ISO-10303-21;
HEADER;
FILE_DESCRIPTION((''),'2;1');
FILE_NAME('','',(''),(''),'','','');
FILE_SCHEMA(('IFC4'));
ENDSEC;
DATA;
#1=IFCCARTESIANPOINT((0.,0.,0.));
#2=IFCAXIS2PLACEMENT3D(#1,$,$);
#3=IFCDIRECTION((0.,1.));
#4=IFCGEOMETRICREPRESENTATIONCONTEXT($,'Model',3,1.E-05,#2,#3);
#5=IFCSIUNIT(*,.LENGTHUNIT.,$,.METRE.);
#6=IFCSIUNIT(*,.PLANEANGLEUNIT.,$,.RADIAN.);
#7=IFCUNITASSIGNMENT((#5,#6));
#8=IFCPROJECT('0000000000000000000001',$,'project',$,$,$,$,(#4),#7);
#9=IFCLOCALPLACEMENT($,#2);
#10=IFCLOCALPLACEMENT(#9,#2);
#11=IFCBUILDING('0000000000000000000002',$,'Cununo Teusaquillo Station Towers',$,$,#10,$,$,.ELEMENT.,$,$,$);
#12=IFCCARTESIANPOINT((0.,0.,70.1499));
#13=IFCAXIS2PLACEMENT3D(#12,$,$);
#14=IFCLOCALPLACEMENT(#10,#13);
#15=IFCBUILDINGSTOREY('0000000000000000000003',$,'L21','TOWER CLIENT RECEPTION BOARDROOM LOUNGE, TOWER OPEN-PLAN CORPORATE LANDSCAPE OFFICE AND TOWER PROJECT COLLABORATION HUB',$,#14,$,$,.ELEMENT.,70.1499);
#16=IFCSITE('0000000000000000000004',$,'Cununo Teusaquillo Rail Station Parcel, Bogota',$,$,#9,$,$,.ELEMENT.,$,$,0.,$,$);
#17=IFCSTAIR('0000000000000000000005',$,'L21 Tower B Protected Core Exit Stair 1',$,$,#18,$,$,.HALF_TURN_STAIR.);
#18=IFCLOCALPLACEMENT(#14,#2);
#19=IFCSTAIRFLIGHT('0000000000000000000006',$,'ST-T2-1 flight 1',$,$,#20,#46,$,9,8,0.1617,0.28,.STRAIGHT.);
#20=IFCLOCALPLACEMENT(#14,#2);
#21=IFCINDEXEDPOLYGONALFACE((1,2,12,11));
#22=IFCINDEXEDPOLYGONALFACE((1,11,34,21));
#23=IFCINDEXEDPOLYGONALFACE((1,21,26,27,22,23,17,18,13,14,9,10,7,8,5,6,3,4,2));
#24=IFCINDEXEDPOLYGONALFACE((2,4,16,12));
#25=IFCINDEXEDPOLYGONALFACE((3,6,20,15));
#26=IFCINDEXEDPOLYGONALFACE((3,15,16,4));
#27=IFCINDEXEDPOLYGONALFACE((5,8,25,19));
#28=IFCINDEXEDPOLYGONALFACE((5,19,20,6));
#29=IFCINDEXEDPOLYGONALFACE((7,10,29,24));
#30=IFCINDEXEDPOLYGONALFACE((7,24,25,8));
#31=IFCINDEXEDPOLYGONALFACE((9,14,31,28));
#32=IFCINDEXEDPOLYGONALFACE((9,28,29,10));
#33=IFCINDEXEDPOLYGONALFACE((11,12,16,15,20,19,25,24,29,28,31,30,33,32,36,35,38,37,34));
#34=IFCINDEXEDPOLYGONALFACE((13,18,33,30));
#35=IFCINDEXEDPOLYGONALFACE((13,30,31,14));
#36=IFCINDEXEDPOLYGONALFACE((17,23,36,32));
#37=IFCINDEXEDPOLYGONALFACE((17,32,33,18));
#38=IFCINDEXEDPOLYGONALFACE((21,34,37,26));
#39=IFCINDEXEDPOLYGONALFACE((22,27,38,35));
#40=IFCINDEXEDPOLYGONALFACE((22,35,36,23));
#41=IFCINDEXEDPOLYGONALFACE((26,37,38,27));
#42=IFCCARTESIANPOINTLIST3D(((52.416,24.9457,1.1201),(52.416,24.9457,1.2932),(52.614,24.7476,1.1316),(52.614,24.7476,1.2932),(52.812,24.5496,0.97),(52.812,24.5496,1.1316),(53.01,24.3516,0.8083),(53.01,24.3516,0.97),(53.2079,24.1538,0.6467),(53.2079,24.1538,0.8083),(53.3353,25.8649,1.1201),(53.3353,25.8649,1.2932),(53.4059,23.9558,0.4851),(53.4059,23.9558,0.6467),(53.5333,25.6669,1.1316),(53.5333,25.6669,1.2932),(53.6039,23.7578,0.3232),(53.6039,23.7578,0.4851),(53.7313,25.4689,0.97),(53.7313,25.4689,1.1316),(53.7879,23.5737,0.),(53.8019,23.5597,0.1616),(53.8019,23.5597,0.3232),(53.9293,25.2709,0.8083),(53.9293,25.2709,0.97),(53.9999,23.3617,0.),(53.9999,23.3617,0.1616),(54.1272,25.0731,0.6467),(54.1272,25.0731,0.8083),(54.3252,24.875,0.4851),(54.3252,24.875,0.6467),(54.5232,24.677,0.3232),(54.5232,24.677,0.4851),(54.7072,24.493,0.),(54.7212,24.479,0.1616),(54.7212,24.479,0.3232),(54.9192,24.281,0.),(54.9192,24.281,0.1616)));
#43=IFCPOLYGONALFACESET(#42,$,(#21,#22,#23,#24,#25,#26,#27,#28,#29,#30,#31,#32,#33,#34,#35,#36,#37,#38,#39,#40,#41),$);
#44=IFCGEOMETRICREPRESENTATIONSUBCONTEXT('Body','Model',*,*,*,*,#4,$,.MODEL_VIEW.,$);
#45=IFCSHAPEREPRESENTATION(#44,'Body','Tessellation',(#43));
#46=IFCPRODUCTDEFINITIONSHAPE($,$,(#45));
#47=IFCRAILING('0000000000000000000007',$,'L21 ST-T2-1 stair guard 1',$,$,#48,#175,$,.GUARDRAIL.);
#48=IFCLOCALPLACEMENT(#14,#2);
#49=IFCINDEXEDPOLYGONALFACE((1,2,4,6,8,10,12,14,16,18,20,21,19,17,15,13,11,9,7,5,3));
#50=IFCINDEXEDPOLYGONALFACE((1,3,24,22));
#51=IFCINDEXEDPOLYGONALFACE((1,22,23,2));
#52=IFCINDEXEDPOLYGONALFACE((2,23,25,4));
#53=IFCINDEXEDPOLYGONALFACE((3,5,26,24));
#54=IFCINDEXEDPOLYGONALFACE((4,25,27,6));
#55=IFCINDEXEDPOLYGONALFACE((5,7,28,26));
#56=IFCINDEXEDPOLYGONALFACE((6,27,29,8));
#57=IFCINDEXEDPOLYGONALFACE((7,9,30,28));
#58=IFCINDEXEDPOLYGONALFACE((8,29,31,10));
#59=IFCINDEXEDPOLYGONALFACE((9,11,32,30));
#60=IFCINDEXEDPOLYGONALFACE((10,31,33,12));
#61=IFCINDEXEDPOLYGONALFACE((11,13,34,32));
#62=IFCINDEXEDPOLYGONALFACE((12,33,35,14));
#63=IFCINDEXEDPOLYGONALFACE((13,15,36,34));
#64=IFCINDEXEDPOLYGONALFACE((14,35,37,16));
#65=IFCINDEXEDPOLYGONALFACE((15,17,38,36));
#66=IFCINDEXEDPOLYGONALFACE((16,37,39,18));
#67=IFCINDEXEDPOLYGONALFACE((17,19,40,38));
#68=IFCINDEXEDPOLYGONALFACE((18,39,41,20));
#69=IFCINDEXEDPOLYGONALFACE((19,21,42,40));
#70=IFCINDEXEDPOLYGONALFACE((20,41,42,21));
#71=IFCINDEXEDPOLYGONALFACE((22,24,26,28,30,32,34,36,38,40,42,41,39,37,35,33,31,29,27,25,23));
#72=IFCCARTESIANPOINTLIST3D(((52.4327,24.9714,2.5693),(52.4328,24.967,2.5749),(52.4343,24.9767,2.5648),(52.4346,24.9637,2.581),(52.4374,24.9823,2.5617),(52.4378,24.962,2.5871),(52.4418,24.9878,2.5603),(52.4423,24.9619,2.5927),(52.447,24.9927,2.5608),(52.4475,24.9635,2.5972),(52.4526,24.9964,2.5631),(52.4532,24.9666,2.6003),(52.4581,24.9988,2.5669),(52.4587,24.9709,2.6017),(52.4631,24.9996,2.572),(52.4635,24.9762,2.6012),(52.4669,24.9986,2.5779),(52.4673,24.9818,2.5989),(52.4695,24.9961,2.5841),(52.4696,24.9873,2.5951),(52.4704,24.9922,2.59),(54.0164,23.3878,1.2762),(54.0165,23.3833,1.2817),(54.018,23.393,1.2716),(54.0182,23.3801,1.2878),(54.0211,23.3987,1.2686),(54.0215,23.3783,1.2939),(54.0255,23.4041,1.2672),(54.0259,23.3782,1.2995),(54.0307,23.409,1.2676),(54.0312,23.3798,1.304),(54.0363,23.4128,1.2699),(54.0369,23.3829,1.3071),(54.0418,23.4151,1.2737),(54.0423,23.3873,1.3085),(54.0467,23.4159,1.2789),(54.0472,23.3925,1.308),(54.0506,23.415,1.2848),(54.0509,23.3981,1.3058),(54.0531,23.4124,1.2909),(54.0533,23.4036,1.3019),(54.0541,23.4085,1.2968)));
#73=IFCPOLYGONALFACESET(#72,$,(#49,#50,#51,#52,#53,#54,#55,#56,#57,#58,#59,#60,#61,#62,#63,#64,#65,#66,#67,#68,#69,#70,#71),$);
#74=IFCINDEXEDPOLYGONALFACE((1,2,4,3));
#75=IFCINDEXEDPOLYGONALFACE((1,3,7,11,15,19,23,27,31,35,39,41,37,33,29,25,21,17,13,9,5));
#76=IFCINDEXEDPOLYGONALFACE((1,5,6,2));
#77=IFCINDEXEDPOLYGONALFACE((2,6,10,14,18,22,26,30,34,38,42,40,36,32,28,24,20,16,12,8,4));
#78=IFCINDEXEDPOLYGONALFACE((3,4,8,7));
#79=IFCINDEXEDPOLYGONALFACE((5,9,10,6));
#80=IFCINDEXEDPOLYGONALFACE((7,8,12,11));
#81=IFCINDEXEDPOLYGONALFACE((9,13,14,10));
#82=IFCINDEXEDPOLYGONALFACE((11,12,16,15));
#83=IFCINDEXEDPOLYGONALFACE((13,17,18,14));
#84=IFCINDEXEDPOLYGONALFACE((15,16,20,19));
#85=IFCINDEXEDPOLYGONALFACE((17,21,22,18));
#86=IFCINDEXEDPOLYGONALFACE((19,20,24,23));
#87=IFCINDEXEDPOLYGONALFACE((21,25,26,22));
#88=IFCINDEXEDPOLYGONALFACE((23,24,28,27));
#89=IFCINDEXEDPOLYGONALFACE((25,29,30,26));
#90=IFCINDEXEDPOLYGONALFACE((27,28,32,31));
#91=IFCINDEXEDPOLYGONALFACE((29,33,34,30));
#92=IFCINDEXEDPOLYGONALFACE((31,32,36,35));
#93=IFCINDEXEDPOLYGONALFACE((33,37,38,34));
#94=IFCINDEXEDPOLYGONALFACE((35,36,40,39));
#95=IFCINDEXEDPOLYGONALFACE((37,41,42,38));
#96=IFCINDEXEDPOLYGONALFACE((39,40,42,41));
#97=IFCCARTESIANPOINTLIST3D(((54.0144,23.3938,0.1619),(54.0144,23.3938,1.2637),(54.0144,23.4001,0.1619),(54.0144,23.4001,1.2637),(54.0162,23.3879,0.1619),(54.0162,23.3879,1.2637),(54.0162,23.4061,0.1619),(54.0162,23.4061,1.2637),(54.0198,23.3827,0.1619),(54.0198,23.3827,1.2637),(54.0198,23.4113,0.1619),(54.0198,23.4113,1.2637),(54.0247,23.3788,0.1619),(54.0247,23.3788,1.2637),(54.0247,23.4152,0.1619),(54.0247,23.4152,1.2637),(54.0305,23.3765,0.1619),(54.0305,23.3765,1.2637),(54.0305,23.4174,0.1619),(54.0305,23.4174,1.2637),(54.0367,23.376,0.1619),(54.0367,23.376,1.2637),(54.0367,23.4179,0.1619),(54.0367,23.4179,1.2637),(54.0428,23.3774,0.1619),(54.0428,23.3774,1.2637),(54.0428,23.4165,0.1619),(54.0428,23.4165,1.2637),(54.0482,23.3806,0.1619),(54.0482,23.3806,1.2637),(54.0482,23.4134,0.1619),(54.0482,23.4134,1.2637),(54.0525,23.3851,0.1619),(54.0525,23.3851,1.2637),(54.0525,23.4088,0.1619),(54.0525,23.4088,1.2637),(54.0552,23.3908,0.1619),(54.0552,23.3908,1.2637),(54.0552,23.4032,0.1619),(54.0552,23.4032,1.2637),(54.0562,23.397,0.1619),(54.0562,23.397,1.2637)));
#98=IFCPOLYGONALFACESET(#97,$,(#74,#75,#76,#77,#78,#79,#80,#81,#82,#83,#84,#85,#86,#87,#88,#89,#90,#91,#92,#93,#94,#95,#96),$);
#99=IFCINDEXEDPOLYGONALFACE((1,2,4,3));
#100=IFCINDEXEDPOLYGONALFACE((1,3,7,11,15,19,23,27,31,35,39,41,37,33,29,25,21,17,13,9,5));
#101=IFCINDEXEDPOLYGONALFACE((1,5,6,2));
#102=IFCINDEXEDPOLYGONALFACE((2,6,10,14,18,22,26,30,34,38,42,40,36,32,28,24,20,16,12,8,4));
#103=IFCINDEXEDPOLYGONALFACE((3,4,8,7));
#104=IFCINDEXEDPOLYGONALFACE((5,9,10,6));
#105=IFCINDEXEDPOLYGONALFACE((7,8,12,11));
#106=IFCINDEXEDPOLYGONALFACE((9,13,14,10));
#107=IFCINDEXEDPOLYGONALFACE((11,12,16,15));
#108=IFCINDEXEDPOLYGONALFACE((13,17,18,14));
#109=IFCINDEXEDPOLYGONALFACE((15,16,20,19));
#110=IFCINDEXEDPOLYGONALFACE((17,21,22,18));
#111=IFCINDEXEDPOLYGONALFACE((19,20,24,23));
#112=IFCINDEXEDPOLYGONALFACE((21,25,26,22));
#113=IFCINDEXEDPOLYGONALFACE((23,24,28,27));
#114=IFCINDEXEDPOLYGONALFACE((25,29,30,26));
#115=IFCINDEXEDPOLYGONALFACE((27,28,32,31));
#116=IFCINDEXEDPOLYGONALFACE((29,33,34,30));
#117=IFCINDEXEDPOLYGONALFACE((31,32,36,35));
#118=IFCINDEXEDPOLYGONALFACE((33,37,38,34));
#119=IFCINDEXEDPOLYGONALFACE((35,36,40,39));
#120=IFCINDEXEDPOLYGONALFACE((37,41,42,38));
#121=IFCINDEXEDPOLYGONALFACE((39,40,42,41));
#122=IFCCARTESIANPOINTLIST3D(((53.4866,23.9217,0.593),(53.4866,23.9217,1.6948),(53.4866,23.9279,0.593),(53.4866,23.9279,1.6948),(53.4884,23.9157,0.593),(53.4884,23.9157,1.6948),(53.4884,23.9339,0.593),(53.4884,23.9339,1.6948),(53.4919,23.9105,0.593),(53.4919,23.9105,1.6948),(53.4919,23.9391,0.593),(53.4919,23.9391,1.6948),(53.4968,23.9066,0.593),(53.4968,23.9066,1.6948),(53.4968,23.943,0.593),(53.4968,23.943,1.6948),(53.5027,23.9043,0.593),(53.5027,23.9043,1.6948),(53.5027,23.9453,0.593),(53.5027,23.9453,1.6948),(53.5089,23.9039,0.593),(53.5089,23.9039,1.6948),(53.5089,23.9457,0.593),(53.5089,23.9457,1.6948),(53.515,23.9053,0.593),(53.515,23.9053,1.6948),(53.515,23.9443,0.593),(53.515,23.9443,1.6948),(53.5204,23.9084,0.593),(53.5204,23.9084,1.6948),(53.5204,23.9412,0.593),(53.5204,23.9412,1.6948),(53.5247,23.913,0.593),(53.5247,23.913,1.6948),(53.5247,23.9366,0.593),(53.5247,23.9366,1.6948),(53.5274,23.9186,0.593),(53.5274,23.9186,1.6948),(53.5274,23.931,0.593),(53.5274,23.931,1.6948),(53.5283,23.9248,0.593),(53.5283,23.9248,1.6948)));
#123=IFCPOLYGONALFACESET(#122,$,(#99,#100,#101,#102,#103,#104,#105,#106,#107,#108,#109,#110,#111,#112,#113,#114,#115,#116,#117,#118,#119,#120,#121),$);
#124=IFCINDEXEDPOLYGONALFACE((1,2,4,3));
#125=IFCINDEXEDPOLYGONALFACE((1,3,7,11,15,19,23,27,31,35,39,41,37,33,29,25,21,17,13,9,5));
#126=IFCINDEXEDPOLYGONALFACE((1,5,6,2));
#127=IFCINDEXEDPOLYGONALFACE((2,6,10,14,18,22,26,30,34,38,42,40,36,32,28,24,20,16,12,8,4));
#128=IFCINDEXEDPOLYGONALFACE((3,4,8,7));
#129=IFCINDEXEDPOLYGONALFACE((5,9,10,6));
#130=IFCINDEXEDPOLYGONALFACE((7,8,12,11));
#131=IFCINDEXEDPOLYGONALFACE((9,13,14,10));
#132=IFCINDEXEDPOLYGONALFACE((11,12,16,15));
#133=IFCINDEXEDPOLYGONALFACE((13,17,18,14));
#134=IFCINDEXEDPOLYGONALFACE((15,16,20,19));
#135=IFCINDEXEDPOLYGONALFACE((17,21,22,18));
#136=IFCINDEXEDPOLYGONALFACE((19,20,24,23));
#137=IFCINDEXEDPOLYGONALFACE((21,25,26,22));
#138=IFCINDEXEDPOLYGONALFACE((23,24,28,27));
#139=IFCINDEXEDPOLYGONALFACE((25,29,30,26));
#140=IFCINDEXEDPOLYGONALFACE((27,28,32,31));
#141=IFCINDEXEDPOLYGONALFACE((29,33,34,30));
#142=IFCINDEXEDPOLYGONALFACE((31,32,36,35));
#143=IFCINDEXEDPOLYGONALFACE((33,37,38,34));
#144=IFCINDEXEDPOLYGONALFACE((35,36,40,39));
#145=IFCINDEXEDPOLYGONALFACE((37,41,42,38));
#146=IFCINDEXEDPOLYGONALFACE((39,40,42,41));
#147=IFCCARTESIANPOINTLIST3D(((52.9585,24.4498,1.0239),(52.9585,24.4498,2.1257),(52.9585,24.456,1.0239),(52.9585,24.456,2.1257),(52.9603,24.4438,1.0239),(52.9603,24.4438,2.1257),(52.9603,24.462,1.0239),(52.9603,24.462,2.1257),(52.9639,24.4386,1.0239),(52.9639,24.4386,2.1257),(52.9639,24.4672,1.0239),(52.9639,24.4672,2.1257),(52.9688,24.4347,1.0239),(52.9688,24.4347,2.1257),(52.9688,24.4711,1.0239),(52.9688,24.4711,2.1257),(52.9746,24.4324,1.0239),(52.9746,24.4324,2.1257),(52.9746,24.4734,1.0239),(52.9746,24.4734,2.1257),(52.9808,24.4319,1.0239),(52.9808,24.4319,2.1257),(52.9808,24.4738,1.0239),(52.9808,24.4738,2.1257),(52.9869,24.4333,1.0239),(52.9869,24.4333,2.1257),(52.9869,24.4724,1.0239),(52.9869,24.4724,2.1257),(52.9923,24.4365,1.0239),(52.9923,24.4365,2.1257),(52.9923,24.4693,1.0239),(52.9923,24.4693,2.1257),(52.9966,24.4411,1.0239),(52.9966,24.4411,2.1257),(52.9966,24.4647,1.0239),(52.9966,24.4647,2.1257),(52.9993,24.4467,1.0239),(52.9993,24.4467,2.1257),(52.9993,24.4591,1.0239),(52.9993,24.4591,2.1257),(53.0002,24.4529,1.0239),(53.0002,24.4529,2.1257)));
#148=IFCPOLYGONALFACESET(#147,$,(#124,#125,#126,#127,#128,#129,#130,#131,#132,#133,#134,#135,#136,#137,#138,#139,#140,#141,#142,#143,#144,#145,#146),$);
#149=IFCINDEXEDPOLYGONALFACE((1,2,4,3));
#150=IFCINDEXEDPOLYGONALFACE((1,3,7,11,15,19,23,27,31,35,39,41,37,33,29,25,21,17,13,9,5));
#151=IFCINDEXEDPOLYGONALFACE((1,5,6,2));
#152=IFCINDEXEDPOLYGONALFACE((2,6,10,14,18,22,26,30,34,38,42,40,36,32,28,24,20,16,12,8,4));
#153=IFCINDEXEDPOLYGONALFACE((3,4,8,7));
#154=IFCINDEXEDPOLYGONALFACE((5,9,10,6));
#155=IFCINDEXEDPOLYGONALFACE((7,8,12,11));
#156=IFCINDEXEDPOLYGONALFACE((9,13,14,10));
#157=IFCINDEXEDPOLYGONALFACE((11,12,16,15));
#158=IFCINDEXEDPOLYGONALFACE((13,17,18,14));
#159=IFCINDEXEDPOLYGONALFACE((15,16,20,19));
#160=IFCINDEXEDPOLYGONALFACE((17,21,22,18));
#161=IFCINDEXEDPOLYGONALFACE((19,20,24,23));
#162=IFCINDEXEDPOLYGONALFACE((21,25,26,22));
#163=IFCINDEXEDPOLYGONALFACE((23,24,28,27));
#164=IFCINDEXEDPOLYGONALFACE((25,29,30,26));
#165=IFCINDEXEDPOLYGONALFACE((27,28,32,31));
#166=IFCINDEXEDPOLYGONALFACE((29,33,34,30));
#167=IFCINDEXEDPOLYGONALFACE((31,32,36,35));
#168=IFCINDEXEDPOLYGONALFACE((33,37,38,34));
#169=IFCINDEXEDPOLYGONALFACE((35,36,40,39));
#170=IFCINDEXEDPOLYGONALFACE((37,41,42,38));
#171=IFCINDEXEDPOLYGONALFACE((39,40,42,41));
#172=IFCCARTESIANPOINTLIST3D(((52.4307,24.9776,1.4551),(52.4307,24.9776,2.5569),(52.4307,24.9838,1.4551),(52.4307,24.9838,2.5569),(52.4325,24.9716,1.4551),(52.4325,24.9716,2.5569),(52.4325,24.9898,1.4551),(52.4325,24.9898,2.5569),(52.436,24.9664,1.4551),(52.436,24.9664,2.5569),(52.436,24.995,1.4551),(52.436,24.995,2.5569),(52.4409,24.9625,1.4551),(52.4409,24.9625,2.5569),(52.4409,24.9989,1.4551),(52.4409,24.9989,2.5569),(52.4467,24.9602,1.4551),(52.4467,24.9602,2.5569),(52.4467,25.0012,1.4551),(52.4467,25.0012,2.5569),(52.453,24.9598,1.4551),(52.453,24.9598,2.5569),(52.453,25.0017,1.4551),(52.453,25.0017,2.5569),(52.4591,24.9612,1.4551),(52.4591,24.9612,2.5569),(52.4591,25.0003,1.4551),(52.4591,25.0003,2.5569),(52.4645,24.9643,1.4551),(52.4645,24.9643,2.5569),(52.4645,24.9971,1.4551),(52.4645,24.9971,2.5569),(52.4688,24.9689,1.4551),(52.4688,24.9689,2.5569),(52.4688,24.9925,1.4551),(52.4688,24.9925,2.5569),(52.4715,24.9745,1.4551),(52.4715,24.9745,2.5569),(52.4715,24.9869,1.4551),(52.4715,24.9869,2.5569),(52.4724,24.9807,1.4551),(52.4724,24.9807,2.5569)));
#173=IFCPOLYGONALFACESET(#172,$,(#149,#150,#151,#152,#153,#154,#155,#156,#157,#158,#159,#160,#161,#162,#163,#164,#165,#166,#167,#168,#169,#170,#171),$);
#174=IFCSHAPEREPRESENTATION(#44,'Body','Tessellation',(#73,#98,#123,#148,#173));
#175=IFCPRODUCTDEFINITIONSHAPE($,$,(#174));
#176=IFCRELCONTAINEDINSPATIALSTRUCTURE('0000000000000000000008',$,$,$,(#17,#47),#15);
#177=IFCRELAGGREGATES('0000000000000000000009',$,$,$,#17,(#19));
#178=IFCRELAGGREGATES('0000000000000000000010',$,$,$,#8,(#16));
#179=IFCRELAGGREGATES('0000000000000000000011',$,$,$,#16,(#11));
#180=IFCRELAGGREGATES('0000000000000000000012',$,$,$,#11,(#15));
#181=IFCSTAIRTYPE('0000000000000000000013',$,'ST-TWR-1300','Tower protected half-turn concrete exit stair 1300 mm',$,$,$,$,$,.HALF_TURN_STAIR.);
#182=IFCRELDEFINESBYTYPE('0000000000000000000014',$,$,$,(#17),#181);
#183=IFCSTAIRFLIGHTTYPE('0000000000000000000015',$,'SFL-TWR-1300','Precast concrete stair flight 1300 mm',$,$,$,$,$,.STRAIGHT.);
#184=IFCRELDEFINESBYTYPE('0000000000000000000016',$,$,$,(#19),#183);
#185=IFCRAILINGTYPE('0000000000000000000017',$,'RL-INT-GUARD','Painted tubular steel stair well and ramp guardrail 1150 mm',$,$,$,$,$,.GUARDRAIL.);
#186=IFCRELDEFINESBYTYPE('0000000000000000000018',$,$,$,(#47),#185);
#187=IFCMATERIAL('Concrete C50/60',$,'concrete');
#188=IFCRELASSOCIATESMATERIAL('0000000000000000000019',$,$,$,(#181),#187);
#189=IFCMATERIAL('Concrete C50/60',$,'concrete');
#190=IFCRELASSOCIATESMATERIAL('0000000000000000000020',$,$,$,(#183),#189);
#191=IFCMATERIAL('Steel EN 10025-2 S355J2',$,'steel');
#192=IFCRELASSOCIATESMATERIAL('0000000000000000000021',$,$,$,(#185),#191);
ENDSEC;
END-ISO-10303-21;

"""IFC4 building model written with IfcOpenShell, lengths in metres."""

from ifc_helpers import new_model, si_unit, direction, frame, origin, origin_2d, place, context, subcontext, project, spatial, polyline, circle, outline, extrude, material, type_object, element, aggregate, save


model = new_model("IFC4")

# Units and contexts
model_context = context("Model", 3, precision=1e-05, world=origin(), true_north=direction((0.0, 1.0)))
body_context = subcontext(model_context, "Body", "Model", "MODEL_VIEW")
ifc_project = project(units=[si_unit("LENGTHUNIT", "METRE"), si_unit("PLANEANGLEUNIT", "RADIAN")], contexts=[model_context])

# Site, building, storey
site_placement = place(None, origin())
site = spatial("IfcSite", under=ifc_project, at=site_placement, Name="Cununo Teusaquillo Rail Station Parcel, Bogota", CompositionType="ELEMENT", RefElevation=0.0)
building_placement = place(site_placement, origin())
building = spatial("IfcBuilding", under=site, at=building_placement, Name="Cununo Teusaquillo Station Towers", CompositionType="ELEMENT")
storey_placement = place(building_placement, frame((0.0, 0.0, 70.1499)))
storey = spatial("IfcBuildingStorey", under=building, at=storey_placement, Name="L21", Description="TOWER CLIENT RECEPTION BOARDROOM LOUNGE, TOWER OPEN-PLAN CORPORATE LANDSCAPE OFFICE AND TOWER PROJECT COLLABORATION HUB", CompositionType="ELEMENT", Elevation=70.1499)

# Stair, stair flight
ifc_material_1 = material(Name="Concrete C50/60", Category="concrete")
stair_type = type_object("IfcStairType", Name="ST-TWR-1300", Description="Tower protected half-turn concrete exit stair 1300 mm", PredefinedType="HALF_TURN_STAIR", material=ifc_material_1)
stair_placement = place(storey_placement, origin())
stair = element("IfcStair", 1, at=stair_placement, inside=storey, type_object=stair_type, Name="L21 Tower B Protected Core Exit Stair 1", PredefinedType="HALF_TURN_STAIR")
ifc_material_2 = material(Name="Concrete C50/60", Category="concrete")
stair_flight_type = type_object("IfcStairFlightType", Name="SFL-TWR-1300", Description="Precast concrete stair flight 1300 mm", PredefinedType="STRAIGHT", material=ifc_material_2)
stair_flight_placement = place(storey_placement, frame((54.4595, 23.8213, 0.0), z_axis=(0.0, 0.0, 1.0), x_axis=(-0.707107, 0.707107, 0.0)))
stair_flight = element("IfcStairFlight", 2, at=stair_flight_placement, type_object=stair_flight_type, Name="ST-T2-1 flight 1", NumberOfRisers=9, NumberOfTreads=8, PredefinedType="STRAIGHT", RiserHeight=0.1617, TreadLength=0.28, context=body_context, shape_type="SweptSolid", body=[
    extrude(outline(polyline([(0.0, 0.0), (0.0, 0.1616), (0.28, 0.1616), (0.28, 0.3232), (0.5601, 0.3232), (0.5601, 0.4851), (0.8401, 0.4851), (0.8401, 0.6467), (1.1201, 0.6467), (1.1201, 0.8083), (1.3999, 0.8083), (1.3999, 0.97), (1.6799, 0.97), (1.6799, 1.1316), (1.96, 1.1316), (1.96, 1.2932), (2.24, 1.2932), (2.24, 1.4551), (2.24, 1.1201), (0.2998, 0.0), (0.0, 0.0)])), frame((0.0, 0.6499, 0.0), z_axis=(0.0, -1.0, 0.0), x_axis=(1.0, 0.0, 0.0)), (0.0, 0.0, 1.0), 1.3),
])
aggregate(stair, [stair_flight])

# Railing
ifc_material_3 = material(Name="Steel EN 10025-2 S355J2", Category="steel")
railing_type_1 = type_object("IfcRailingType", Name="RL-INT-GUARD", Description="Painted tubular steel stair well and ramp guardrail 1150 mm", PredefinedType="GUARDRAIL", material=ifc_material_3)
railing_1_placement = place(storey_placement, frame((54.0352, 23.397, 0.1619)))
element("IfcRailing", 3, at=railing_1_placement, inside=storey, type_object=railing_type_1, Name="L21 ST-T2-1 stair guard 1", PredefinedType="GUARDRAIL", context=body_context, shape_type="SweptSolid", body=[
    extrude(circle(Radius=0.0239, at=origin_2d()), frame((0.0, 0.0, 1.126), z_axis=(-0.612361, 0.612361, 0.500027), x_axis=(-0.707107, -0.707107, 0.0)), (0.0, 0.0, 1.0), 2.5862),
    extrude(circle(Radius=0.021, at=origin_2d()), origin(), (0.0, 0.0, 1.0), 1.1018),
    extrude(circle(Radius=0.021, at=origin_2d()), frame((-0.5278, 0.5278, 0.4312)), (0.0, 0.0, 1.0), 1.1018),
    extrude(circle(Radius=0.021, at=origin_2d()), frame((-1.0559, 1.0559, 0.8621)), (0.0, 0.0, 1.0), 1.1018),
    extrude(circle(Radius=0.021, at=origin_2d()), frame((-1.5837, 1.5837, 1.2932)), (0.0, 0.0, 1.0), 1.1018),
])

save(model, "model.ifc")
